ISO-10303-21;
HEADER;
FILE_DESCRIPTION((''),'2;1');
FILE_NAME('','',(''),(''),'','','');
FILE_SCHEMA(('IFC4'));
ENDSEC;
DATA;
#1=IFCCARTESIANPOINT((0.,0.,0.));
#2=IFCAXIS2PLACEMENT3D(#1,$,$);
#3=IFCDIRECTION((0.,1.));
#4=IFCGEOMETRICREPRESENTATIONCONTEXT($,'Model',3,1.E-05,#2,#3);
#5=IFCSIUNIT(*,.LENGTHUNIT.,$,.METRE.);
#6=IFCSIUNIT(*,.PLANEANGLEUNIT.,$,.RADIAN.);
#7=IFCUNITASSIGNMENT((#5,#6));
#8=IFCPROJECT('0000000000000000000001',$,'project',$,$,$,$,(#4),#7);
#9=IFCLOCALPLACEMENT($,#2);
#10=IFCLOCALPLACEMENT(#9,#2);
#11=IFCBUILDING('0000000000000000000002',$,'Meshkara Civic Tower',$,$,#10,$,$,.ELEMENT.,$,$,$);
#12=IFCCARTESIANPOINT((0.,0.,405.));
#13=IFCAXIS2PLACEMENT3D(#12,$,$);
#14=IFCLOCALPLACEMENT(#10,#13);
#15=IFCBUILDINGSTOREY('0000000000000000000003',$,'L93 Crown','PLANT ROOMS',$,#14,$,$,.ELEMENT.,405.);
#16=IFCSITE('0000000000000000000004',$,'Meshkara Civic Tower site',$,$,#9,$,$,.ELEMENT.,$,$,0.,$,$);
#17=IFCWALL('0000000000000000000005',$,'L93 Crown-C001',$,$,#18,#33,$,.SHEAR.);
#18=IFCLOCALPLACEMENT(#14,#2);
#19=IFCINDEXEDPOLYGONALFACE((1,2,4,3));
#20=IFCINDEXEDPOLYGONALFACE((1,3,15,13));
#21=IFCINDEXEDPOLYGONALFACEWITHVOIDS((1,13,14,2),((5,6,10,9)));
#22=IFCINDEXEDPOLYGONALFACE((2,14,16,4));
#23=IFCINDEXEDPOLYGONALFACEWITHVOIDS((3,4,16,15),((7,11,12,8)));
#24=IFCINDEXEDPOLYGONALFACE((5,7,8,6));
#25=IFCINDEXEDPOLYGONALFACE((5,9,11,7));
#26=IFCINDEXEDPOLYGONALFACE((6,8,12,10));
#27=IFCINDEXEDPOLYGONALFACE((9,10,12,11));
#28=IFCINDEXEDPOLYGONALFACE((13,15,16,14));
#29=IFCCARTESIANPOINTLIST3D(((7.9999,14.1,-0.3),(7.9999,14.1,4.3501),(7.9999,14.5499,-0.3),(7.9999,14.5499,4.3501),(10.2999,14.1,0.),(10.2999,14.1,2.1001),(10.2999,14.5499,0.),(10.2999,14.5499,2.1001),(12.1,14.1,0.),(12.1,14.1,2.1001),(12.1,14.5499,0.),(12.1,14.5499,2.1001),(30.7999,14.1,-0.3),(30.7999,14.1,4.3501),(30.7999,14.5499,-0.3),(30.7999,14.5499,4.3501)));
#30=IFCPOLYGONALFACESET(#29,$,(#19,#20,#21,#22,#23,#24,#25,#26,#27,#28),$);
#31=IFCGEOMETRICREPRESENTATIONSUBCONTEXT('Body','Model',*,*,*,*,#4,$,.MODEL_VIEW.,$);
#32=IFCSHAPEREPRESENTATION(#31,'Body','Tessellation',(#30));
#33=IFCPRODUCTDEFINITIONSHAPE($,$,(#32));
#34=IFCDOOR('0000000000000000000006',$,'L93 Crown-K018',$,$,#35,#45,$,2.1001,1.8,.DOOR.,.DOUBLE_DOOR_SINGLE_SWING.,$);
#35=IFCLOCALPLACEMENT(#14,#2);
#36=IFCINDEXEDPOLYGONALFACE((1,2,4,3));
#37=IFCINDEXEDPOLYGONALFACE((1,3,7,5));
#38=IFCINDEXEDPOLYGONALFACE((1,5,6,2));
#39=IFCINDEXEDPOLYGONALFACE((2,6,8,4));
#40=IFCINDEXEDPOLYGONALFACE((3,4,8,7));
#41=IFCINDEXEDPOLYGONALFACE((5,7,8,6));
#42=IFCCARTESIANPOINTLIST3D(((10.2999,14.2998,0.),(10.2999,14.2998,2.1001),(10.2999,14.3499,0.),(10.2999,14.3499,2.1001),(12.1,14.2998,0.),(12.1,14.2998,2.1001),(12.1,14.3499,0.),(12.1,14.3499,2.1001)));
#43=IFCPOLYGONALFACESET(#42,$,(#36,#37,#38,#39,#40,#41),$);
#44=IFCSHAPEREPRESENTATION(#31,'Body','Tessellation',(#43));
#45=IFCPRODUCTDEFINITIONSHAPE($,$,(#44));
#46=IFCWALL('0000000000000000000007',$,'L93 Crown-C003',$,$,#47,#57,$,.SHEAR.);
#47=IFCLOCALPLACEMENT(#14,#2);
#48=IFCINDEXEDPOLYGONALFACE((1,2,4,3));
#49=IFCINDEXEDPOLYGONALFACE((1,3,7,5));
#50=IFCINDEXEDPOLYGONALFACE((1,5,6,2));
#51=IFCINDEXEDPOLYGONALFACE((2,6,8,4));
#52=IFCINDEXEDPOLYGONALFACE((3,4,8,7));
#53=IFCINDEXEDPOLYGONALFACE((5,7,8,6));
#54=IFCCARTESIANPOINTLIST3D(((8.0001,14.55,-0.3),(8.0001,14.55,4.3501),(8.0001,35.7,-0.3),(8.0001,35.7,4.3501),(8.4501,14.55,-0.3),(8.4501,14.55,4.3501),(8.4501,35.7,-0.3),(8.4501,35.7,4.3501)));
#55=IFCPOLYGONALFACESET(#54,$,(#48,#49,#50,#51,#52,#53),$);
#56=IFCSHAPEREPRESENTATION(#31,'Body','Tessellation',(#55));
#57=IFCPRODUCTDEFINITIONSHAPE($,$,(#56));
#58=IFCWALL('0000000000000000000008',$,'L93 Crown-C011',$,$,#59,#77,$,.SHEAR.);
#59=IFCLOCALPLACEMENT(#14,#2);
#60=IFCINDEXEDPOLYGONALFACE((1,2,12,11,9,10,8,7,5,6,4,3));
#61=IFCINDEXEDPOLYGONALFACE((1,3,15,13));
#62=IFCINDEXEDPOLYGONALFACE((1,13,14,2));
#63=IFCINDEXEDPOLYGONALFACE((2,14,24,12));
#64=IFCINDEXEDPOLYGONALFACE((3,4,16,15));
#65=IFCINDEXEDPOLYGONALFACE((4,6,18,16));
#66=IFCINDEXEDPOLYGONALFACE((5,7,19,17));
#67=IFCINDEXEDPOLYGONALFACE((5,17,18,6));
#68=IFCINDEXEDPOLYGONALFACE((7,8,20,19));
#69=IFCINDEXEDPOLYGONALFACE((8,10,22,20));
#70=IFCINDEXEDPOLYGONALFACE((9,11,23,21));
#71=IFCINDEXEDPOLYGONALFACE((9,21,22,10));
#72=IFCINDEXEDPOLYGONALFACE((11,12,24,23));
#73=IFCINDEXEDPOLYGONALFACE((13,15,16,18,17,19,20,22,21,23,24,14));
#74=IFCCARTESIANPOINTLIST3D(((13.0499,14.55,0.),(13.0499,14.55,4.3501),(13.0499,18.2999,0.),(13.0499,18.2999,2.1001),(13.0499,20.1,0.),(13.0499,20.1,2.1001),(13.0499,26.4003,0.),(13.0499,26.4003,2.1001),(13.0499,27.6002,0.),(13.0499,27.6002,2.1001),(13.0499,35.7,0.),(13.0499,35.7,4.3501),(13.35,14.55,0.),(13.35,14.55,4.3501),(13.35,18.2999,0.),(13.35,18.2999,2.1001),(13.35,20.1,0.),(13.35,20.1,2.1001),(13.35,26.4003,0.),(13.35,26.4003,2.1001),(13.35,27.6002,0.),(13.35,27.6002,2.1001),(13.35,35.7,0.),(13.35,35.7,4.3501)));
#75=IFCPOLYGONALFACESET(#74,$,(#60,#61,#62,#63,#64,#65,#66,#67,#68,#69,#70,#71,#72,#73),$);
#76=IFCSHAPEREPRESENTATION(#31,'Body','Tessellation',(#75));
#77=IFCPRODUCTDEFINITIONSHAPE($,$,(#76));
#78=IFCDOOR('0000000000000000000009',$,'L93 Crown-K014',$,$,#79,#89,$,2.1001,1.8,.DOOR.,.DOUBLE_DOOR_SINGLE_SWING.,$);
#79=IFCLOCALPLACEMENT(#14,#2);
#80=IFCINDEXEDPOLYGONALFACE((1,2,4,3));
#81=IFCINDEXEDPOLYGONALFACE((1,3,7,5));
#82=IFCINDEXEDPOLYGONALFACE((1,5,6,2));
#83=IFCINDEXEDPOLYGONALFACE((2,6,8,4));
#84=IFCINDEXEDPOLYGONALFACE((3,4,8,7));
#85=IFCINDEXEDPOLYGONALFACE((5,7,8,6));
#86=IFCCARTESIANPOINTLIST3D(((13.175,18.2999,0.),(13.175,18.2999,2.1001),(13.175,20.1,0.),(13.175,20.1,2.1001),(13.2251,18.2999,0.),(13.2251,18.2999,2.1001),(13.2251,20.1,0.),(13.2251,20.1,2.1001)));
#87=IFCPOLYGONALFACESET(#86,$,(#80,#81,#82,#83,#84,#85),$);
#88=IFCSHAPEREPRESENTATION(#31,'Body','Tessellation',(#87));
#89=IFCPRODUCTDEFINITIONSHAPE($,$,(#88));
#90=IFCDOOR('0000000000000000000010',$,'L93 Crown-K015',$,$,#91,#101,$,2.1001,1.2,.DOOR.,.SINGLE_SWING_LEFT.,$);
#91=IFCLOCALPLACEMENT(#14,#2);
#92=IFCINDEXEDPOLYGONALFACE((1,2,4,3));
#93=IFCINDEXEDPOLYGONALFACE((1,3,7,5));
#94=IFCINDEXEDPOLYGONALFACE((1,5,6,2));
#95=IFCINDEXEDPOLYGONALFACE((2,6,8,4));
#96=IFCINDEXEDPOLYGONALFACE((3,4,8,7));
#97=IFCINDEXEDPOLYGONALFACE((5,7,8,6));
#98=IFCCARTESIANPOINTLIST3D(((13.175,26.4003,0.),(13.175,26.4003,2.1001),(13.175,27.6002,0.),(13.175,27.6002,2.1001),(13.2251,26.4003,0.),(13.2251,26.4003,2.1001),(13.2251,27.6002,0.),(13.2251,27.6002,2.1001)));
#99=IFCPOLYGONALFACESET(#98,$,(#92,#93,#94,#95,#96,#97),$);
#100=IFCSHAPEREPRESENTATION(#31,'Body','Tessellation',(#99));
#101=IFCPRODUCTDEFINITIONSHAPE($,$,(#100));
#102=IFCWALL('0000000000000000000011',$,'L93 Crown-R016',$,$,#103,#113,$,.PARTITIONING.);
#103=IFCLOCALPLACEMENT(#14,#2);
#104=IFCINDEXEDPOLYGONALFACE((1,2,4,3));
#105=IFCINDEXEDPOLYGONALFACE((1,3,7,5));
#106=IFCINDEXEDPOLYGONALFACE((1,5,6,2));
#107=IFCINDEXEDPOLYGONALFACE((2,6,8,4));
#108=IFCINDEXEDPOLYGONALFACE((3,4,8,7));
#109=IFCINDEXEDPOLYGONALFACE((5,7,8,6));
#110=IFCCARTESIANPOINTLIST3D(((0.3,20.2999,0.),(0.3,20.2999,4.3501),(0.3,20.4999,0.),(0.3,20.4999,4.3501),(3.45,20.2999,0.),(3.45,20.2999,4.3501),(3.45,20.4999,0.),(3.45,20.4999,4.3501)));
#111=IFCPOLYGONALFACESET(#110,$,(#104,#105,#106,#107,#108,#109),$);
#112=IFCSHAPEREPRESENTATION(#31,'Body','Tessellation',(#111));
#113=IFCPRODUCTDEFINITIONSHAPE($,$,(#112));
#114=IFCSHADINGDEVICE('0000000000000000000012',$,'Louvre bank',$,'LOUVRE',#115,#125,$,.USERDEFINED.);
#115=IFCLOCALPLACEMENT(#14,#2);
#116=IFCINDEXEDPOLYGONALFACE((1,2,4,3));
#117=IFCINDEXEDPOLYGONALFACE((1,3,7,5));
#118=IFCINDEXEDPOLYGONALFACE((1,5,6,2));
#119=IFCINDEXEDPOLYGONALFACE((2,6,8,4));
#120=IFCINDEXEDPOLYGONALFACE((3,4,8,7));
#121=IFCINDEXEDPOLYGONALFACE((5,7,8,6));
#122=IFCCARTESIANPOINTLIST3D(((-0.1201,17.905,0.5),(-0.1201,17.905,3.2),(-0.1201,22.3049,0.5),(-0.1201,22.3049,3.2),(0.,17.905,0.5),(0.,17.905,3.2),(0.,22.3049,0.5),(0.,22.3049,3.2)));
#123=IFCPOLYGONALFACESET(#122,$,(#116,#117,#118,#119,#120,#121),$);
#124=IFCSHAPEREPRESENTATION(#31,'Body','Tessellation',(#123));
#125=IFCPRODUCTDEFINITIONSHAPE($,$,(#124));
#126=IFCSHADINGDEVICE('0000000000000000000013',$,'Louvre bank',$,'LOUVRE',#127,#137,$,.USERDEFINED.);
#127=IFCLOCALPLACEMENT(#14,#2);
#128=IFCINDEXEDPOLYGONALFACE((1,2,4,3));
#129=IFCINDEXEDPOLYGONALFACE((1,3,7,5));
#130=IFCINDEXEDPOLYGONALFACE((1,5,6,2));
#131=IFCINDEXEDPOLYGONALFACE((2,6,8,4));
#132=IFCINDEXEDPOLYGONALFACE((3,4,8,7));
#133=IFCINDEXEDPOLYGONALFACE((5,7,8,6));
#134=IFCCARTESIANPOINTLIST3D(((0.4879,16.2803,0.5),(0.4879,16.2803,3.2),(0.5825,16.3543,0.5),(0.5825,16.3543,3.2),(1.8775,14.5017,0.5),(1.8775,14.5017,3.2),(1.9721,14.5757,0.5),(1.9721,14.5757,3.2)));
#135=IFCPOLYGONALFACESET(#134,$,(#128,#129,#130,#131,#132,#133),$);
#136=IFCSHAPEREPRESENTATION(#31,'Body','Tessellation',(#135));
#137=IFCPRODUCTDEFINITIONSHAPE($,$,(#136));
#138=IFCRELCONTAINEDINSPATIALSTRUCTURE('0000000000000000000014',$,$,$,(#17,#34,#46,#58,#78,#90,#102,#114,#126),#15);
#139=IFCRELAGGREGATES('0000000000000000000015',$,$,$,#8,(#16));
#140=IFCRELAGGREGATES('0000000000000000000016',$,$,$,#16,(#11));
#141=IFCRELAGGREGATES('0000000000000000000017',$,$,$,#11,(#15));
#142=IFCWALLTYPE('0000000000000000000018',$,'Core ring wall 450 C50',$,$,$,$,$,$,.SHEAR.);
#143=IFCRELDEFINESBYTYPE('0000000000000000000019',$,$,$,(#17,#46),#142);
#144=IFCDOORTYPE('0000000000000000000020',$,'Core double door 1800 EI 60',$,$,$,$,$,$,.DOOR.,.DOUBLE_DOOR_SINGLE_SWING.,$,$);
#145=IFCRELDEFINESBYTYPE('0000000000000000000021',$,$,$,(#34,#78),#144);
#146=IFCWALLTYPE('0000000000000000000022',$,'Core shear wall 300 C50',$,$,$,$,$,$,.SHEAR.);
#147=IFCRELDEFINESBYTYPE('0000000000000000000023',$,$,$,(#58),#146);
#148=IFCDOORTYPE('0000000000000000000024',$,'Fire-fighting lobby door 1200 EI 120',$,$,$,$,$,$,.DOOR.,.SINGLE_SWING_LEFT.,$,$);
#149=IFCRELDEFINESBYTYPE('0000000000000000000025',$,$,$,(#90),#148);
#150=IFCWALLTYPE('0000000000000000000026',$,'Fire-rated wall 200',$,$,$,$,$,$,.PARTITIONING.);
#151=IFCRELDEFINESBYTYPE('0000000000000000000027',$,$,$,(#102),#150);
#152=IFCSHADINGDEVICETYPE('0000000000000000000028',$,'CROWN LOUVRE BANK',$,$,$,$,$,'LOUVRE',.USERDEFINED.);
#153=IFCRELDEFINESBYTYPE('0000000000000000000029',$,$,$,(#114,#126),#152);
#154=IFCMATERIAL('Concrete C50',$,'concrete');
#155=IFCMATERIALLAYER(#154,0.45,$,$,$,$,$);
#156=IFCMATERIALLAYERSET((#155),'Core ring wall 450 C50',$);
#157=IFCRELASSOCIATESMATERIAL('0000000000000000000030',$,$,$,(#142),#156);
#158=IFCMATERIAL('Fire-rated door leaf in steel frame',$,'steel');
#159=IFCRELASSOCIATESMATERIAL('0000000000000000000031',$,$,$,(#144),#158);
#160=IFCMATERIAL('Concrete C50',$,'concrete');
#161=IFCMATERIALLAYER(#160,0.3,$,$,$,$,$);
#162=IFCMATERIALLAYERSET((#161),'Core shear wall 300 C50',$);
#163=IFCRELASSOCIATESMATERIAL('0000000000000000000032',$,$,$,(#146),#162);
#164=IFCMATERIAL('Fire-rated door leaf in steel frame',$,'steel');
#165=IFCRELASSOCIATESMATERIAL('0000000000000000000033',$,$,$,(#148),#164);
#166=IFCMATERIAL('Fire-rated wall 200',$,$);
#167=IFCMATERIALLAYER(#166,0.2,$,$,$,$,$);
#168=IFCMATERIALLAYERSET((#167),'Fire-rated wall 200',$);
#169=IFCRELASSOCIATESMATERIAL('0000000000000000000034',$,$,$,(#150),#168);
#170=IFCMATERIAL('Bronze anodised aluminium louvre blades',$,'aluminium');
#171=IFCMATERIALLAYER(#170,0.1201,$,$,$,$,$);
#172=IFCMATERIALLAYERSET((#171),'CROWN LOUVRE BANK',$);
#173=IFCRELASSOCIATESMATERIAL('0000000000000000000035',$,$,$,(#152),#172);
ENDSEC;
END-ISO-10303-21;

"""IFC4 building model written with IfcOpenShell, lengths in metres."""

from ifc_helpers import new_model, si_unit, direction, frame, frame_2d, origin, origin_2d, place, context, subcontext, project, spatial, rectangle, extrude, material, layer, layer_set, type_object, element, fill, save


model = new_model("IFC4")

# Units and contexts
model_context = context("Model", 3, precision=1e-05, world=origin(), true_north=direction((0.0, 1.0)))
body_context = subcontext(model_context, "Body", "Model", "MODEL_VIEW")
ifc_project = project(units=[si_unit("LENGTHUNIT", "METRE"), si_unit("PLANEANGLEUNIT", "RADIAN")], contexts=[model_context])

# Site, building, storey
site_placement = place(None, origin())
site = spatial("IfcSite", under=ifc_project, at=site_placement, Name="Meshkara Civic Tower site", CompositionType="ELEMENT", RefElevation=0.0)
building_placement = place(site_placement, origin())
building = spatial("IfcBuilding", under=site, at=building_placement, Name="Meshkara Civic Tower", CompositionType="ELEMENT")
storey_placement = place(building_placement, frame((0.0, 0.0, 405.0)))
storey = spatial("IfcBuildingStorey", under=building, at=storey_placement, Name="L93 Crown", Description="PLANT ROOMS", CompositionType="ELEMENT", Elevation=405.0)

# Wall, opening, door
ifc_material_1 = material(Name="Concrete C50", Category="concrete")
ifc_layer_1 = layer(ifc_material_1, 0.45)
ifc_layer_set_1 = layer_set([ifc_layer_1], Name="Core ring wall 450 C50")
wall_type_1 = type_object("IfcWallType", Name="Core ring wall 450 C50", PredefinedType="SHEAR", material=ifc_layer_set_1)
wall_1_placement = place(storey_placement, frame((8.0, 14.325, -0.3), z_axis=(0.0, 0.0, 1.0), x_axis=(1.0, 0.0, 0.0)))
wall_1 = element("IfcWall", 1, at=wall_1_placement, inside=storey, type_object=wall_type_1, Name="L93 Crown-C001", PredefinedType="SHEAR", context=body_context, shape_type="SweptSolid", body=[
    extrude(rectangle(XDim=22.8, YDim=0.45, at=frame_2d((11.3999, 0.0))), origin(), (0.0, 0.0, 1.0), 4.6501),
])
opening_1_placement = place(wall_1_placement, frame((2.3, 0.0, 0.3)))
opening_1 = element("IfcOpeningElement", 2, at=opening_1_placement, cuts=wall_1, PredefinedType="OPENING", context=body_context, shape_type="SweptSolid", body=[
    extrude(rectangle(XDim=1.8, YDim=2.1001, at=frame_2d((0.8999, 1.05))), frame((0.0, 0.2349, 0.0), z_axis=(0.0, -1.0, 0.0), x_axis=(1.0, 0.0, 0.0)), (0.0, 0.0, 1.0), 0.47),
])
ifc_material_2 = material(Name="Fire-rated door leaf in steel frame", Category="steel")
door_type_1 = type_object("IfcDoorType", Name="Core double door 1800 EI 60", OperationType="DOUBLE_DOOR_SINGLE_SWING", PredefinedType="DOOR", material=ifc_material_2)
door_1_placement = place(opening_1_placement, origin())
door_1 = element("IfcDoor", 3, at=door_1_placement, inside=storey, type_object=door_type_1, Name="L93 Crown-K018", OperationType="DOUBLE_DOOR_SINGLE_SWING", OverallHeight=2.1001, OverallWidth=1.8, PredefinedType="DOOR", context=body_context, shape_type="SweptSolid", body=[
    extrude(rectangle(XDim=1.8, YDim=2.1001, at=frame_2d((0.8999, 1.05))), frame((0.0, 0.0249, 0.0), z_axis=(0.0, -1.0, 0.0), x_axis=(1.0, 0.0, 0.0)), (0.0, 0.0, 1.0), 0.05),
])
fill(opening_1, door_1)

# Wall
wall_2_placement = place(storey_placement, frame((8.2251, 14.55, -0.3), z_axis=(0.0, 0.0, 1.0), x_axis=(0.0, 1.0, 0.0)))
element("IfcWall", 4, at=wall_2_placement, inside=storey, type_object=wall_type_1, Name="L93 Crown-C003", PredefinedType="SHEAR", context=body_context, shape_type="SweptSolid", body=[
    extrude(rectangle(XDim=21.1499, YDim=0.45, at=frame_2d((10.575, 0.0))), origin(), (0.0, 0.0, 1.0), 4.6501),
])

# Wall, openings, doors
ifc_material_3 = material(Name="Concrete C50", Category="concrete")
ifc_layer_2 = layer(ifc_material_3, 0.3)
ifc_layer_set_2 = layer_set([ifc_layer_2], Name="Core shear wall 300 C50")
wall_type_2 = type_object("IfcWallType", Name="Core shear wall 300 C50", PredefinedType="SHEAR", material=ifc_layer_set_2)
wall_3_placement = place(storey_placement, frame((13.2, 14.55, 0.0), z_axis=(0.0, 0.0, 1.0), x_axis=(0.0, 1.0, 0.0)))
wall_3 = element("IfcWall", 5, at=wall_3_placement, inside=storey, type_object=wall_type_2, Name="L93 Crown-C011", PredefinedType="SHEAR", context=body_context, shape_type="SweptSolid", body=[
    extrude(rectangle(XDim=21.1499, YDim=0.3, at=frame_2d((10.575, 0.0))), origin(), (0.0, 0.0, 1.0), 4.3501),
])
opening_2_placement = place(wall_3_placement, frame((3.75, 0.0, 0.0)))
opening_2 = element("IfcOpeningElement", 6, at=opening_2_placement, cuts=wall_3, PredefinedType="OPENING", context=body_context, shape_type="SweptSolid", body=[
    extrude(rectangle(XDim=1.8, YDim=2.1001, at=frame_2d((0.8999, 1.05))), frame((0.0, 0.1599, 0.0), z_axis=(0.0, -1.0, 0.0), x_axis=(1.0, 0.0, 0.0)), (0.0, 0.0, 1.0), 0.3201),
])
opening_3_placement = place(wall_3_placement, frame((11.8501, 0.0, 0.0)))
opening_3 = element("IfcOpeningElement", 7, at=opening_3_placement, cuts=wall_3, PredefinedType="OPENING", context=body_context, shape_type="SweptSolid", body=[
    extrude(rectangle(XDim=1.2, YDim=2.1001, at=frame_2d((0.6001, 1.05))), frame((0.0, 0.1599, 0.0), z_axis=(0.0, -1.0, 0.0), x_axis=(1.0, 0.0, 0.0)), (0.0, 0.0, 1.0), 0.3201),
])
door_2_placement = place(opening_2_placement, origin())
door_2 = element("IfcDoor", 8, at=door_2_placement, inside=storey, type_object=door_type_1, Name="L93 Crown-K014", OperationType="DOUBLE_DOOR_SINGLE_SWING", OverallHeight=2.1001, OverallWidth=1.8, PredefinedType="DOOR", context=body_context, shape_type="SweptSolid", body=[
    extrude(rectangle(XDim=1.8, YDim=2.1001, at=frame_2d((0.8999, 1.05))), frame((0.0, 0.0249, 0.0), z_axis=(0.0, -1.0, 0.0), x_axis=(1.0, 0.0, 0.0)), (0.0, 0.0, 1.0), 0.05),
])
fill(opening_2, door_2)
ifc_material_4 = material(Name="Fire-rated door leaf in steel frame", Category="steel")
door_type_2 = type_object("IfcDoorType", Name="Fire-fighting lobby door 1200 EI 120", OperationType="SINGLE_SWING_LEFT", PredefinedType="DOOR", material=ifc_material_4)
door_3_placement = place(opening_3_placement, origin())
door_3 = element("IfcDoor", 9, at=door_3_placement, inside=storey, type_object=door_type_2, Name="L93 Crown-K015", OperationType="SINGLE_SWING_LEFT", OverallHeight=2.1001, OverallWidth=1.2, PredefinedType="DOOR", context=body_context, shape_type="SweptSolid", body=[
    extrude(rectangle(XDim=1.2, YDim=2.1001, at=frame_2d((0.6001, 1.05))), frame((0.0, 0.0249, 0.0), z_axis=(0.0, -1.0, 0.0), x_axis=(1.0, 0.0, 0.0)), (0.0, 0.0, 1.0), 0.05),
])
fill(opening_3, door_3)

# Wall
ifc_material_5 = material(Name="Fire-rated wall 200")
ifc_layer_3 = layer(ifc_material_5, 0.2)
ifc_layer_set_3 = layer_set([ifc_layer_3], Name="Fire-rated wall 200")
wall_type_3 = type_object("IfcWallType", Name="Fire-rated wall 200", PredefinedType="PARTITIONING", material=ifc_layer_set_3)
wall_4_placement = place(storey_placement, frame((3.45, 20.3999, 0.0), z_axis=(0.0, 0.0, 1.0), x_axis=(-1.0, 0.0, 0.0)))
element("IfcWall", 10, at=wall_4_placement, inside=storey, type_object=wall_type_3, Name="L93 Crown-R016", PredefinedType="PARTITIONING", context=body_context, shape_type="SweptSolid", body=[
    extrude(rectangle(XDim=3.1499, YDim=0.2, at=frame_2d((1.575, 0.0))), origin(), (0.0, 0.0, 1.0), 4.3501),
])

# Shading devices
ifc_material_6 = material(Name="Bronze anodised aluminium louvre blades", Category="aluminium")
ifc_layer_4 = layer(ifc_material_6, 0.1201)
ifc_layer_set_4 = layer_set([ifc_layer_4], Name="CROWN LOUVRE BANK")
shading_device_type = type_object("IfcShadingDeviceType", Name="CROWN LOUVRE BANK", ElementType="LOUVRE", PredefinedType="USERDEFINED", material=ifc_layer_set_4)
shading_device_1_placement = place(storey_placement, frame((-0.0601, 20.105, 0.5), z_axis=(0.0, 0.0, 1.0), x_axis=(0.0, -1.0, 0.0)))
element("IfcShadingDevice", 11, at=shading_device_1_placement, inside=storey, type_object=shading_device_type, Name="Louvre bank", ObjectType="LOUVRE", PredefinedType="USERDEFINED", context=body_context, shape_type="SweptSolid", body=[
    extrude(rectangle(XDim=4.3999, YDim=0.1201, at=origin_2d()), origin(), (0.0, 0.0, 1.0), 2.7),
])
shading_device_2_placement = place(storey_placement, frame((1.23, 15.428, 0.5), z_axis=(0.0, 0.0, 1.0), x_axis=(0.615661, -0.788011, 0.0)))
element("IfcShadingDevice", 12, at=shading_device_2_placement, inside=storey, type_object=shading_device_type, Name="Louvre bank", ObjectType="LOUVRE", PredefinedType="USERDEFINED", context=body_context, shape_type="SweptSolid", body=[
    extrude(rectangle(XDim=2.2571, YDim=0.1201, at=origin_2d()), origin(), (0.0, 0.0, 1.0), 2.7),
])

save(model, "model.ifc")
